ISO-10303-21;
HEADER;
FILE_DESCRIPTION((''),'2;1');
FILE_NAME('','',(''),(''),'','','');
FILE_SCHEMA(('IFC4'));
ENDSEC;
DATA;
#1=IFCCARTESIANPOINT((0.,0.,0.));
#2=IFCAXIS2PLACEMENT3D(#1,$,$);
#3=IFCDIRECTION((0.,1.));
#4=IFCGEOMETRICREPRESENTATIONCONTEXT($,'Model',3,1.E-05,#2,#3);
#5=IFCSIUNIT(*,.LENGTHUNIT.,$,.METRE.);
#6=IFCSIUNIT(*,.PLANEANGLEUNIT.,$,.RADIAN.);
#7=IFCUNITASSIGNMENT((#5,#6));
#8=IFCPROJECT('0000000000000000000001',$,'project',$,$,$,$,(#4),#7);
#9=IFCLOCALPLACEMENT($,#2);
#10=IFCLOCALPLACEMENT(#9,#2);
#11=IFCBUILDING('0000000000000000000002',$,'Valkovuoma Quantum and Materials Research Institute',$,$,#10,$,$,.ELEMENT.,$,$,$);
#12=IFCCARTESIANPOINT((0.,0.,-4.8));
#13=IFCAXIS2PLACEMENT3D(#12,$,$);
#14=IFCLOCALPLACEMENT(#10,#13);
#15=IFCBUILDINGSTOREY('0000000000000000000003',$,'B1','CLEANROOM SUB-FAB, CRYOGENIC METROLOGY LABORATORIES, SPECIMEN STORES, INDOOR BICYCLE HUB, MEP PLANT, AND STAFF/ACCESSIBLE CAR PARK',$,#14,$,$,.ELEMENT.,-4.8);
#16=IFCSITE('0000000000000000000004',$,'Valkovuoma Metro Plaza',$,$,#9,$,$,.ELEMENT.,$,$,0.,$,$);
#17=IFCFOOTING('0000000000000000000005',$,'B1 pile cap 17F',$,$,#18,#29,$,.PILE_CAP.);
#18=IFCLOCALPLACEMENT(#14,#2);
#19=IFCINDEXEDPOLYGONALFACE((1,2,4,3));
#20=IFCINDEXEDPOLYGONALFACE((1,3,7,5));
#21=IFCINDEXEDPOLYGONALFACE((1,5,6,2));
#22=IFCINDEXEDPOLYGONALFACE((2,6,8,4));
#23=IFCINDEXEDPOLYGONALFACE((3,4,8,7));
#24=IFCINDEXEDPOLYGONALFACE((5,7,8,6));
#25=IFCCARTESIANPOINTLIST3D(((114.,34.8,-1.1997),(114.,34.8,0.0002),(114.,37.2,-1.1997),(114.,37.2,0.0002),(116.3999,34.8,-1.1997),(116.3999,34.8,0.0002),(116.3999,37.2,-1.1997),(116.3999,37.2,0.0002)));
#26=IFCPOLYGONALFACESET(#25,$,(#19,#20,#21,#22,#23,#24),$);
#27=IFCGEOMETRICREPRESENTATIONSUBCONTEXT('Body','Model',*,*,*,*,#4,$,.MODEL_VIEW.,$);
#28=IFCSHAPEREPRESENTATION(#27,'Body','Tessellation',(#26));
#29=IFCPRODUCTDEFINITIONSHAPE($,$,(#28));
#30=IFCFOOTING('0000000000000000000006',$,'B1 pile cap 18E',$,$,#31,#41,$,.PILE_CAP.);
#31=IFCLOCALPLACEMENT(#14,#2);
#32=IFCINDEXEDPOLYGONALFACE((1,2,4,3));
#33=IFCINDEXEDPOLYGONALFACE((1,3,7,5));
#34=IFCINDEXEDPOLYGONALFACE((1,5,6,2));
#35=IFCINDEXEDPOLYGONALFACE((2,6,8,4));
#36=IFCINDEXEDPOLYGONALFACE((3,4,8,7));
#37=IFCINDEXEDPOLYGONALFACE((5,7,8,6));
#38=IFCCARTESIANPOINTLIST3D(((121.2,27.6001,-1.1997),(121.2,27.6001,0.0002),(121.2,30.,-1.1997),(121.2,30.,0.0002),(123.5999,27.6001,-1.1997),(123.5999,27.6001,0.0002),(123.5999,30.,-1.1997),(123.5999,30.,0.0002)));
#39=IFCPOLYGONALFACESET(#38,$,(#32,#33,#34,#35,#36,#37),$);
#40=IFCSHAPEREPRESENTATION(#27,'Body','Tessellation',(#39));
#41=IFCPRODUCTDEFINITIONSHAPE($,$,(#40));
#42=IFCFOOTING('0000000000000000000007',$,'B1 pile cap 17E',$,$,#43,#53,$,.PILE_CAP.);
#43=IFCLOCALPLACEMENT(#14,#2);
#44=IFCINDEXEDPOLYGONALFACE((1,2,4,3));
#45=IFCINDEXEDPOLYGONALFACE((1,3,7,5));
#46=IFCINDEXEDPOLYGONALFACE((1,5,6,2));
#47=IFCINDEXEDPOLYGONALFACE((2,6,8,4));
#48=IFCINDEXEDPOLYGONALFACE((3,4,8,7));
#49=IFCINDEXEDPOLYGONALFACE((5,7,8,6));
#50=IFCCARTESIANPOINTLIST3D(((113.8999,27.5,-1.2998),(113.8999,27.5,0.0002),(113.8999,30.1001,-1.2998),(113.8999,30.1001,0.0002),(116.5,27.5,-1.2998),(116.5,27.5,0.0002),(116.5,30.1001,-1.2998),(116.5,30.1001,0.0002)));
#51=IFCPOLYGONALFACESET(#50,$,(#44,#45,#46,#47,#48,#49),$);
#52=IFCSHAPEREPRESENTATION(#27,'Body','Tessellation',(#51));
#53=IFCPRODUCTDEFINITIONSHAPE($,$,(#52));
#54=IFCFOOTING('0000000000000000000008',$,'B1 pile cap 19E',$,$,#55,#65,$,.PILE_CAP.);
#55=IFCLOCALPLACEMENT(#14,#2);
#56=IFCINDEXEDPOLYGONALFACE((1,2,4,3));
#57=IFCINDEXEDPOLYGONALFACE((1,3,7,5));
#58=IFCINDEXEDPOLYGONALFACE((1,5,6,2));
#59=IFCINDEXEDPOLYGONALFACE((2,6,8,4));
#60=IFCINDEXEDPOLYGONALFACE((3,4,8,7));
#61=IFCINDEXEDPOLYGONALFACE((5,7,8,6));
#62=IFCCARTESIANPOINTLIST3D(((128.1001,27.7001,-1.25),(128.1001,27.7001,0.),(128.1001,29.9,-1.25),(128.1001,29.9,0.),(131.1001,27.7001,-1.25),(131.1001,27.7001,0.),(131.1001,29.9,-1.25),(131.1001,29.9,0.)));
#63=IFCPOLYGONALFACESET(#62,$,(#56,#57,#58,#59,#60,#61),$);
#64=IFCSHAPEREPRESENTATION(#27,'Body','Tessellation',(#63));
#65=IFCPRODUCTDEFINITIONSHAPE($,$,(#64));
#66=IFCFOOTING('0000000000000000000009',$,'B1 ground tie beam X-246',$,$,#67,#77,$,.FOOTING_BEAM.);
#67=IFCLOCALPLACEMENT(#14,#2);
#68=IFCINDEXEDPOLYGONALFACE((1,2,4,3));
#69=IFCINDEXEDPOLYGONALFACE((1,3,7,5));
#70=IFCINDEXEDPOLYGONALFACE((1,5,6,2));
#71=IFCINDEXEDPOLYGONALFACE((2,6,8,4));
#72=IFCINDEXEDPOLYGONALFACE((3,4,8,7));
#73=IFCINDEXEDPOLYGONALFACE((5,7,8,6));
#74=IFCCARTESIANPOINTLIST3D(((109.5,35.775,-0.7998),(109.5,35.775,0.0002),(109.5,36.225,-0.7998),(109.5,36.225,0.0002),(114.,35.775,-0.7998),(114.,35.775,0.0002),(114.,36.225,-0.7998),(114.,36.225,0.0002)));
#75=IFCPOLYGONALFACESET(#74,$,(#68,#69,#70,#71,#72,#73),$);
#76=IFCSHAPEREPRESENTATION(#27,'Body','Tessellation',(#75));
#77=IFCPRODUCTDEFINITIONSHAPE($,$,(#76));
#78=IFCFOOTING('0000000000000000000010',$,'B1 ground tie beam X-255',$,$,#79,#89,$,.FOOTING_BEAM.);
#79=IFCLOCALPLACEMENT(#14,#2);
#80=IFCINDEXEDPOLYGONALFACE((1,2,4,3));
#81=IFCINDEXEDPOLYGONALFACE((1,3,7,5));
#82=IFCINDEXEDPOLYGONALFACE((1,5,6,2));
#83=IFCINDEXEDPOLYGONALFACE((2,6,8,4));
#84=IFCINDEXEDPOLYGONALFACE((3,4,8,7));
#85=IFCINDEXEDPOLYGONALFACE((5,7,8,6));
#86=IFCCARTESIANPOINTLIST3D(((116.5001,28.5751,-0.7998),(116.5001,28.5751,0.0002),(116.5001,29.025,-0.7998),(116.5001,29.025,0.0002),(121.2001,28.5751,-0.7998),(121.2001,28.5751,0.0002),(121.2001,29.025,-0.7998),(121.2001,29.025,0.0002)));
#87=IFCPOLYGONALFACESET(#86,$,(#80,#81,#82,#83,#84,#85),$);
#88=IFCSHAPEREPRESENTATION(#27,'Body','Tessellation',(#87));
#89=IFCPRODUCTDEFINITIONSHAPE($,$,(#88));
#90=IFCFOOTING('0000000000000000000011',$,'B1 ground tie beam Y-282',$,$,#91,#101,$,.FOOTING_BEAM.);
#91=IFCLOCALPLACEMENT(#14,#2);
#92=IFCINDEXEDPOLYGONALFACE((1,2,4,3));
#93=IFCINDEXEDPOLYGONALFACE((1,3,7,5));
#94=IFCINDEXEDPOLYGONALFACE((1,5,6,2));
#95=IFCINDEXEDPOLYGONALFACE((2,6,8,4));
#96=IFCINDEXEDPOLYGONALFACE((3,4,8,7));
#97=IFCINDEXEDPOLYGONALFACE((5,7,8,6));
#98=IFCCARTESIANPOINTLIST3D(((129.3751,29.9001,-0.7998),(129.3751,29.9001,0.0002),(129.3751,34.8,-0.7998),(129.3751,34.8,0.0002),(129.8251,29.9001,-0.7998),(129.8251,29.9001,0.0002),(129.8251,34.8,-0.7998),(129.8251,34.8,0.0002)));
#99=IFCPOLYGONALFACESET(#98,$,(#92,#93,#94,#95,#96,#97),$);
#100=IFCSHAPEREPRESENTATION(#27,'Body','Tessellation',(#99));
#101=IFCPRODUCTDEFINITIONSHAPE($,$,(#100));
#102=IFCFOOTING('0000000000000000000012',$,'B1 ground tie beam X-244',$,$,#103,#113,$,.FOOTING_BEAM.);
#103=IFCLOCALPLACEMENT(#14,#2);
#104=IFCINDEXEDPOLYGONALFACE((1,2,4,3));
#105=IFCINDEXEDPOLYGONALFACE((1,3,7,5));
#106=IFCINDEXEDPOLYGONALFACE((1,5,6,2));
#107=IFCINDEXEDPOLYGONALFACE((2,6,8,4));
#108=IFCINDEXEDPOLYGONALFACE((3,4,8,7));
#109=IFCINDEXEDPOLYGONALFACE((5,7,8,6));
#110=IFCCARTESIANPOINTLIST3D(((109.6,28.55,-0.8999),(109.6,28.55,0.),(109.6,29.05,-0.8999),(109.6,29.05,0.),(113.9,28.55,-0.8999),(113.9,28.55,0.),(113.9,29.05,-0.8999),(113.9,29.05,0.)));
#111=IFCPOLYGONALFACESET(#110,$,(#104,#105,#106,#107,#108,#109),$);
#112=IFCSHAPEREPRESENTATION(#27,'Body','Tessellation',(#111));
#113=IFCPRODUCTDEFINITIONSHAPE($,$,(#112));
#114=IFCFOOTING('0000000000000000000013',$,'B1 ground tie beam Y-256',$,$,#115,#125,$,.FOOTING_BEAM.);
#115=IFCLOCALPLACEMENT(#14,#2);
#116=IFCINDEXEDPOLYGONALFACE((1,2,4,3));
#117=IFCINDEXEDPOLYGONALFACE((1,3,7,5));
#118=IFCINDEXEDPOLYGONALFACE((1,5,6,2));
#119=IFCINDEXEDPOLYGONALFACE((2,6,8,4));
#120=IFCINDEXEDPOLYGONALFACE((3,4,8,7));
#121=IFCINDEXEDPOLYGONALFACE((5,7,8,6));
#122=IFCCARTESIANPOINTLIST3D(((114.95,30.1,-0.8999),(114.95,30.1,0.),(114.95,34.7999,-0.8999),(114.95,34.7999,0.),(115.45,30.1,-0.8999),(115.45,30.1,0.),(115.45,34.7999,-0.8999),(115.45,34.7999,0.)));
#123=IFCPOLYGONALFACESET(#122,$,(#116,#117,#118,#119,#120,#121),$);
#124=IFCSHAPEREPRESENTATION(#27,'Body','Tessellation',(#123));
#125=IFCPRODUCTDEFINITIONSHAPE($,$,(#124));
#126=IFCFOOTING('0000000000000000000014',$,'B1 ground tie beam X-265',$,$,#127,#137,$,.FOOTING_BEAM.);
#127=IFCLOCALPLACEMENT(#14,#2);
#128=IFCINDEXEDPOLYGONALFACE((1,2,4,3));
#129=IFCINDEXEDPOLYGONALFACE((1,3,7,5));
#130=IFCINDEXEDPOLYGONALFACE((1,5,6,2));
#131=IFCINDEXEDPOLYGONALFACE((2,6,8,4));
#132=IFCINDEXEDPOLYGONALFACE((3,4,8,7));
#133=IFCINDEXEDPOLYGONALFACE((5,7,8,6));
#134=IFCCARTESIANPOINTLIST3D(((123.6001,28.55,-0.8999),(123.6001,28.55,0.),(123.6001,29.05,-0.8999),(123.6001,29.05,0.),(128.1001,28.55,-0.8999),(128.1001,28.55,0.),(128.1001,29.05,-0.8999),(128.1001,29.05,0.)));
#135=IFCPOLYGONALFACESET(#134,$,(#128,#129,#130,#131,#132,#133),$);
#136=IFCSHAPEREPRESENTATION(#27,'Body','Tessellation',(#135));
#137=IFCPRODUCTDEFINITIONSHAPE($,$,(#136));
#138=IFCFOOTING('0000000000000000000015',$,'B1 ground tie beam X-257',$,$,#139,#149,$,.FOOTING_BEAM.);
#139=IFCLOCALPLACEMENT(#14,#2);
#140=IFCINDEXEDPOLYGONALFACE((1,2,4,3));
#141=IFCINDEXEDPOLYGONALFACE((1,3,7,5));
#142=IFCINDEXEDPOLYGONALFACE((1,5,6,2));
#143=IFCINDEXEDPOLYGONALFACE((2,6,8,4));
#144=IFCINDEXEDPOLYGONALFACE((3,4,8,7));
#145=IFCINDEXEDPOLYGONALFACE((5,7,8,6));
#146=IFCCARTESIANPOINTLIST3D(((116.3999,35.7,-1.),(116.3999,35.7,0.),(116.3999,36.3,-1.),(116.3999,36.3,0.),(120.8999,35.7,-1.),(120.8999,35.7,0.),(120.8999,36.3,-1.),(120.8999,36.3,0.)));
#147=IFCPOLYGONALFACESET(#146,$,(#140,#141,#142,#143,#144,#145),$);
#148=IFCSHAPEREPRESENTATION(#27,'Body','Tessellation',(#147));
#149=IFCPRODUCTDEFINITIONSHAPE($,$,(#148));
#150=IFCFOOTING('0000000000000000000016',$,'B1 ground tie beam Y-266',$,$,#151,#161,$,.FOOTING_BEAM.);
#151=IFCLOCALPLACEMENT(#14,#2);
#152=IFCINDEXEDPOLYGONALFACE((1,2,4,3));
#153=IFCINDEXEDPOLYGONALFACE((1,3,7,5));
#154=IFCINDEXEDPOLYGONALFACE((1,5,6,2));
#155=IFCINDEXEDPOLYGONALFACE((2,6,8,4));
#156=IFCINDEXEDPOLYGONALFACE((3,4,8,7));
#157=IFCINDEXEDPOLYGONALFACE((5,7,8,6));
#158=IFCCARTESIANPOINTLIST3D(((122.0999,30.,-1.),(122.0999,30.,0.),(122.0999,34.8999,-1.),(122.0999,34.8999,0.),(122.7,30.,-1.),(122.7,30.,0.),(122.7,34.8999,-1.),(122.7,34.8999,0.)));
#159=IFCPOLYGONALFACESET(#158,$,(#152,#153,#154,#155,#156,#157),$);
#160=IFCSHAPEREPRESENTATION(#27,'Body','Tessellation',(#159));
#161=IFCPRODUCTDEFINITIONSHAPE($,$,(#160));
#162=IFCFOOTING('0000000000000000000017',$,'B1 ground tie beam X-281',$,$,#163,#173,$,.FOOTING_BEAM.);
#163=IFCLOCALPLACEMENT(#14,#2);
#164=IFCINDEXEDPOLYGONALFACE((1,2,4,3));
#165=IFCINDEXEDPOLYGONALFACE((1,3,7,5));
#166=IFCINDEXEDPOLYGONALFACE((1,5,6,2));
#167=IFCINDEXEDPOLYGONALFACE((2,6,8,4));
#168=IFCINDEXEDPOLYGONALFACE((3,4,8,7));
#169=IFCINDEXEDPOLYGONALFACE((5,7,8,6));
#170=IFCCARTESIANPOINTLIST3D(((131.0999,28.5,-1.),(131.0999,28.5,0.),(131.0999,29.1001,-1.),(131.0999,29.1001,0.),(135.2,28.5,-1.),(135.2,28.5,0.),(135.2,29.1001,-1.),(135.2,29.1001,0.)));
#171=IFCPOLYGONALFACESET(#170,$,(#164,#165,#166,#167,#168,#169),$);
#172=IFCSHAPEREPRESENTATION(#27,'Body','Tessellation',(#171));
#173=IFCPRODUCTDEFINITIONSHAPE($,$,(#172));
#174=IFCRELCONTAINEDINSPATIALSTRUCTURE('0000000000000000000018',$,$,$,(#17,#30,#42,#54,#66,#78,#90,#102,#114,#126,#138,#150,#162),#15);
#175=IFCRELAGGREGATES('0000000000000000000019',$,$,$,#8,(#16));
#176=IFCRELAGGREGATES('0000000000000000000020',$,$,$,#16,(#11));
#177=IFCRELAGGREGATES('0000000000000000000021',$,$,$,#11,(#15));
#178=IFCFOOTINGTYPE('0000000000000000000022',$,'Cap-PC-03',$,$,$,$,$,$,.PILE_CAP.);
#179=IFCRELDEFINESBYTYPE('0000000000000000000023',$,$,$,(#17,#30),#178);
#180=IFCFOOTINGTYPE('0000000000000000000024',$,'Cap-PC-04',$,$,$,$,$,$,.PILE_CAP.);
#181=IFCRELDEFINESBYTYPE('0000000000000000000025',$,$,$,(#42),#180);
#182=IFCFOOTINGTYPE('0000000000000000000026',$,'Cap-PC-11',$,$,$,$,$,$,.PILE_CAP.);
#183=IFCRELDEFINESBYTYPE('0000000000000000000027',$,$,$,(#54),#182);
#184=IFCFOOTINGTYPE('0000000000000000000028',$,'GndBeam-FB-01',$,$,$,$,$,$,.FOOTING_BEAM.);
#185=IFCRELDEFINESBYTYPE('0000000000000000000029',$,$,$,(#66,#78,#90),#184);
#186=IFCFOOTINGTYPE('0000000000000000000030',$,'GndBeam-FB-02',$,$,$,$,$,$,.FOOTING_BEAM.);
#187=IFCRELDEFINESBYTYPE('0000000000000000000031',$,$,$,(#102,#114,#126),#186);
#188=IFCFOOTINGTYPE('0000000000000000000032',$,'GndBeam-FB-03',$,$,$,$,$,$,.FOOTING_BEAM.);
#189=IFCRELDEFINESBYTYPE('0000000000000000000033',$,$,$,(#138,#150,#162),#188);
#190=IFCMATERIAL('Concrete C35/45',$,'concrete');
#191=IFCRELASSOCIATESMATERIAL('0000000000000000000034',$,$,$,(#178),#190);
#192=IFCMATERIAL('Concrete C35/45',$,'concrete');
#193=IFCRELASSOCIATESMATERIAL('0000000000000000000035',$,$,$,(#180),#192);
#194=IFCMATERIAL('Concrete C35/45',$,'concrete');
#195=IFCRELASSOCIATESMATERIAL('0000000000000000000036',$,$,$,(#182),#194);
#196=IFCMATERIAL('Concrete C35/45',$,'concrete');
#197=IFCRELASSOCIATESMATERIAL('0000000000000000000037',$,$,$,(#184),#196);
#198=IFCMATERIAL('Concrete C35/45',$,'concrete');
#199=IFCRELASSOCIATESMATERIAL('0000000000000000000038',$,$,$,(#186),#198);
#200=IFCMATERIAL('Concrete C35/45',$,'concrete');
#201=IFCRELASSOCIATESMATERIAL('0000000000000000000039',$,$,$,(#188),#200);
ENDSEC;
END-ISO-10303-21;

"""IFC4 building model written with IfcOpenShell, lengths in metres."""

from ifc_helpers import new_model, si_unit, direction, frame, origin, origin_2d, place, context, subcontext, project, spatial, rectangle, extrude, material, type_object, element, save


model = new_model("IFC4")

# Units and contexts
model_context = context("Model", 3, precision=1e-05, world=origin(), true_north=direction((0.0, 1.0)))
body_context = subcontext(model_context, "Body", "Model", "MODEL_VIEW")
ifc_project = project(units=[si_unit("LENGTHUNIT", "METRE"), si_unit("PLANEANGLEUNIT", "RADIAN")], contexts=[model_context])

# Site, building, storey
site_placement = place(None, origin())
site = spatial("IfcSite", under=ifc_project, at=site_placement, Name="Valkovuoma Metro Plaza", CompositionType="ELEMENT", RefElevation=0.0)
building_placement = place(site_placement, origin())
building = spatial("IfcBuilding", under=site, at=building_placement, Name="Valkovuoma Quantum and Materials Research Institute", CompositionType="ELEMENT")
storey_placement = place(building_placement, frame((0.0, 0.0, -4.8)))
storey = spatial("IfcBuildingStorey", under=building, at=storey_placement, Name="B1", Description="CLEANROOM SUB-FAB, CRYOGENIC METROLOGY LABORATORIES, SPECIMEN STORES, INDOOR BICYCLE HUB, MEP PLANT, AND STAFF/ACCESSIBLE CAR PARK", CompositionType="ELEMENT", Elevation=-4.8)

# Footings
ifc_material_1 = material(Name="Concrete C35/45", Category="concrete")
footing_type_1 = type_object("IfcFootingType", Name="Cap-PC-03", PredefinedType="PILE_CAP", material=ifc_material_1)
for number, where, z_axis, x_axis, name in (
    (1, (115.2, 36.0, -1.1997), (0.0, 0.0, 1.0), (1.0, 0.0, 0.0), "B1 pile cap 17F"),
    (2, (122.3999, 28.8, -1.1997), (0.0, 0.0, 1.0), (1.0, 0.0, 0.0), "B1 pile cap 18E"),
):
    element("IfcFooting", number, at=place(storey_placement, frame(where, z_axis=z_axis, x_axis=x_axis)), inside=storey, type_object=footing_type_1, Name=name, PredefinedType="PILE_CAP", context=body_context, shape_type="SweptSolid", body=[
        extrude(rectangle(XDim=2.3999, YDim=2.3999, at=origin_2d()), origin(), (0.0, 0.0, 1.0), 1.2),
    ])
ifc_material_2 = material(Name="Concrete C35/45", Category="concrete")
footing_type_2 = type_object("IfcFootingType", Name="Cap-PC-04", PredefinedType="PILE_CAP", material=ifc_material_2)
footing_1_placement = place(storey_placement, frame((115.2, 28.8, -1.2998), z_axis=(0.0, 0.0, 1.0), x_axis=(1.0, 0.0, 0.0)))
element("IfcFooting", 3, at=footing_1_placement, inside=storey, type_object=footing_type_2, Name="B1 pile cap 17E", PredefinedType="PILE_CAP", context=body_context, shape_type="SweptSolid", body=[
    extrude(rectangle(XDim=2.6001, YDim=2.6001, at=origin_2d()), origin(), (0.0, 0.0, 1.0), 1.3),
])
ifc_material_3 = material(Name="Concrete C35/45", Category="concrete")
footing_type_3 = type_object("IfcFootingType", Name="Cap-PC-11", PredefinedType="PILE_CAP", material=ifc_material_3)
footing_2_placement = place(storey_placement, frame((129.6001, 28.8, -1.25), z_axis=(0.0, 0.0, 1.0), x_axis=(1.0, 0.0, 0.0)))
element("IfcFooting", 4, at=footing_2_placement, inside=storey, type_object=footing_type_3, Name="B1 pile cap 19E", PredefinedType="PILE_CAP", context=body_context, shape_type="SweptSolid", body=[
    extrude(rectangle(XDim=3.0, YDim=2.2, at=origin_2d()), origin(), (0.0, 0.0, 1.0), 1.25),
])
ifc_material_4 = material(Name="Concrete C35/45", Category="concrete")
footing_type_4 = type_object("IfcFootingType", Name="GndBeam-FB-01", PredefinedType="FOOTING_BEAM", material=ifc_material_4)
footing_3_placement = place(storey_placement, frame((111.75, 36.0, -0.7998), z_axis=(0.0, 0.0, 1.0), x_axis=(1.0, 0.0, 0.0)))
element("IfcFooting", 5, at=footing_3_placement, inside=storey, type_object=footing_type_4, Name="B1 ground tie beam X-246", PredefinedType="FOOTING_BEAM", context=body_context, shape_type="SweptSolid", body=[
    extrude(rectangle(XDim=4.5, YDim=0.45, at=origin_2d()), origin(), (0.0, 0.0, 1.0), 0.8),
])
footing_4_placement = place(storey_placement, frame((118.8501, 28.8, -0.7998), z_axis=(0.0, 0.0, 1.0), x_axis=(1.0, 0.0, 0.0)))
element("IfcFooting", 6, at=footing_4_placement, inside=storey, type_object=footing_type_4, Name="B1 ground tie beam X-255", PredefinedType="FOOTING_BEAM", context=body_context, shape_type="SweptSolid", body=[
    extrude(rectangle(XDim=4.7, YDim=0.45, at=origin_2d()), origin(), (0.0, 0.0, 1.0), 0.8),
])
footing_5_placement = place(storey_placement, frame((129.6001, 32.3501, -0.7998), z_axis=(0.0, 0.0, 1.0), x_axis=(0.0, 1.0, 0.0)))
element("IfcFooting", 7, at=footing_5_placement, inside=storey, type_object=footing_type_4, Name="B1 ground tie beam Y-282", PredefinedType="FOOTING_BEAM", context=body_context, shape_type="SweptSolid", body=[
    extrude(rectangle(XDim=4.8999, YDim=0.45, at=origin_2d()), origin(), (0.0, 0.0, 1.0), 0.8),
])
ifc_material_5 = material(Name="Concrete C35/45", Category="concrete")
footing_type_5 = type_object("IfcFootingType", Name="GndBeam-FB-02", PredefinedType="FOOTING_BEAM", material=ifc_material_5)
footing_6_placement = place(storey_placement, frame((111.75, 28.8, -0.8999), z_axis=(0.0, 0.0, 1.0), x_axis=(1.0, 0.0, 0.0)))
element("IfcFooting", 8, at=footing_6_placement, inside=storey, type_object=footing_type_5, Name="B1 ground tie beam X-244", PredefinedType="FOOTING_BEAM", context=body_context, shape_type="SweptSolid", body=[
    extrude(rectangle(XDim=4.3, YDim=0.5, at=origin_2d()), origin(), (0.0, 0.0, 1.0), 0.8999),
])
footing_7_placement = place(storey_placement, frame((115.2, 32.45, -0.8999), z_axis=(0.0, 0.0, 1.0), x_axis=(0.0, 1.0, 0.0)))
element("IfcFooting", 9, at=footing_7_placement, inside=storey, type_object=footing_type_5, Name="B1 ground tie beam Y-256", PredefinedType="FOOTING_BEAM", context=body_context, shape_type="SweptSolid", body=[
    extrude(rectangle(XDim=4.7, YDim=0.5, at=origin_2d()), origin(), (0.0, 0.0, 1.0), 0.8999),
])
footing_8_placement = place(storey_placement, frame((125.8501, 28.8, -0.8999), z_axis=(0.0, 0.0, 1.0), x_axis=(1.0, 0.0, 0.0)))
element("IfcFooting", 10, at=footing_8_placement, inside=storey, type_object=footing_type_5, Name="B1 ground tie beam X-265", PredefinedType="FOOTING_BEAM", context=body_context, shape_type="SweptSolid", body=[
    extrude(rectangle(XDim=4.5, YDim=0.5, at=origin_2d()), origin(), (0.0, 0.0, 1.0), 0.8999),
])
ifc_material_6 = material(Name="Concrete C35/45", Category="concrete")
footing_type_6 = type_object("IfcFootingType", Name="GndBeam-FB-03", PredefinedType="FOOTING_BEAM", material=ifc_material_6)
footing_9_placement = place(storey_placement, frame((118.6499, 36.0, -1.0), z_axis=(0.0, 0.0, 1.0), x_axis=(1.0, 0.0, 0.0)))
element("IfcFooting", 11, at=footing_9_placement, inside=storey, type_object=footing_type_6, Name="B1 ground tie beam X-257", PredefinedType="FOOTING_BEAM", context=body_context, shape_type="SweptSolid", body=[
    extrude(rectangle(XDim=4.5, YDim=0.6001, at=origin_2d()), origin(), (0.0, 0.0, 1.0), 1.0),
])
footing_10_placement = place(storey_placement, frame((122.3999, 32.45, -1.0), z_axis=(0.0, 0.0, 1.0), x_axis=(0.0, 1.0, 0.0)))
element("IfcFooting", 12, at=footing_10_placement, inside=storey, type_object=footing_type_6, Name="B1 ground tie beam Y-266", PredefinedType="FOOTING_BEAM", context=body_context, shape_type="SweptSolid", body=[
    extrude(rectangle(XDim=4.8999, YDim=0.6001, at=origin_2d()), origin(), (0.0, 0.0, 1.0), 1.0),
])
footing_11_placement = place(storey_placement, frame((133.1499, 28.8, -1.0), z_axis=(0.0, 0.0, 1.0), x_axis=(1.0, 0.0, 0.0)))
element("IfcFooting", 13, at=footing_11_placement, inside=storey, type_object=footing_type_6, Name="B1 ground tie beam X-281", PredefinedType="FOOTING_BEAM", context=body_context, shape_type="SweptSolid", body=[
    extrude(rectangle(XDim=4.1001, YDim=0.6001, at=origin_2d()), origin(), (0.0, 0.0, 1.0), 1.0),
])

save(model, "model.ifc")
